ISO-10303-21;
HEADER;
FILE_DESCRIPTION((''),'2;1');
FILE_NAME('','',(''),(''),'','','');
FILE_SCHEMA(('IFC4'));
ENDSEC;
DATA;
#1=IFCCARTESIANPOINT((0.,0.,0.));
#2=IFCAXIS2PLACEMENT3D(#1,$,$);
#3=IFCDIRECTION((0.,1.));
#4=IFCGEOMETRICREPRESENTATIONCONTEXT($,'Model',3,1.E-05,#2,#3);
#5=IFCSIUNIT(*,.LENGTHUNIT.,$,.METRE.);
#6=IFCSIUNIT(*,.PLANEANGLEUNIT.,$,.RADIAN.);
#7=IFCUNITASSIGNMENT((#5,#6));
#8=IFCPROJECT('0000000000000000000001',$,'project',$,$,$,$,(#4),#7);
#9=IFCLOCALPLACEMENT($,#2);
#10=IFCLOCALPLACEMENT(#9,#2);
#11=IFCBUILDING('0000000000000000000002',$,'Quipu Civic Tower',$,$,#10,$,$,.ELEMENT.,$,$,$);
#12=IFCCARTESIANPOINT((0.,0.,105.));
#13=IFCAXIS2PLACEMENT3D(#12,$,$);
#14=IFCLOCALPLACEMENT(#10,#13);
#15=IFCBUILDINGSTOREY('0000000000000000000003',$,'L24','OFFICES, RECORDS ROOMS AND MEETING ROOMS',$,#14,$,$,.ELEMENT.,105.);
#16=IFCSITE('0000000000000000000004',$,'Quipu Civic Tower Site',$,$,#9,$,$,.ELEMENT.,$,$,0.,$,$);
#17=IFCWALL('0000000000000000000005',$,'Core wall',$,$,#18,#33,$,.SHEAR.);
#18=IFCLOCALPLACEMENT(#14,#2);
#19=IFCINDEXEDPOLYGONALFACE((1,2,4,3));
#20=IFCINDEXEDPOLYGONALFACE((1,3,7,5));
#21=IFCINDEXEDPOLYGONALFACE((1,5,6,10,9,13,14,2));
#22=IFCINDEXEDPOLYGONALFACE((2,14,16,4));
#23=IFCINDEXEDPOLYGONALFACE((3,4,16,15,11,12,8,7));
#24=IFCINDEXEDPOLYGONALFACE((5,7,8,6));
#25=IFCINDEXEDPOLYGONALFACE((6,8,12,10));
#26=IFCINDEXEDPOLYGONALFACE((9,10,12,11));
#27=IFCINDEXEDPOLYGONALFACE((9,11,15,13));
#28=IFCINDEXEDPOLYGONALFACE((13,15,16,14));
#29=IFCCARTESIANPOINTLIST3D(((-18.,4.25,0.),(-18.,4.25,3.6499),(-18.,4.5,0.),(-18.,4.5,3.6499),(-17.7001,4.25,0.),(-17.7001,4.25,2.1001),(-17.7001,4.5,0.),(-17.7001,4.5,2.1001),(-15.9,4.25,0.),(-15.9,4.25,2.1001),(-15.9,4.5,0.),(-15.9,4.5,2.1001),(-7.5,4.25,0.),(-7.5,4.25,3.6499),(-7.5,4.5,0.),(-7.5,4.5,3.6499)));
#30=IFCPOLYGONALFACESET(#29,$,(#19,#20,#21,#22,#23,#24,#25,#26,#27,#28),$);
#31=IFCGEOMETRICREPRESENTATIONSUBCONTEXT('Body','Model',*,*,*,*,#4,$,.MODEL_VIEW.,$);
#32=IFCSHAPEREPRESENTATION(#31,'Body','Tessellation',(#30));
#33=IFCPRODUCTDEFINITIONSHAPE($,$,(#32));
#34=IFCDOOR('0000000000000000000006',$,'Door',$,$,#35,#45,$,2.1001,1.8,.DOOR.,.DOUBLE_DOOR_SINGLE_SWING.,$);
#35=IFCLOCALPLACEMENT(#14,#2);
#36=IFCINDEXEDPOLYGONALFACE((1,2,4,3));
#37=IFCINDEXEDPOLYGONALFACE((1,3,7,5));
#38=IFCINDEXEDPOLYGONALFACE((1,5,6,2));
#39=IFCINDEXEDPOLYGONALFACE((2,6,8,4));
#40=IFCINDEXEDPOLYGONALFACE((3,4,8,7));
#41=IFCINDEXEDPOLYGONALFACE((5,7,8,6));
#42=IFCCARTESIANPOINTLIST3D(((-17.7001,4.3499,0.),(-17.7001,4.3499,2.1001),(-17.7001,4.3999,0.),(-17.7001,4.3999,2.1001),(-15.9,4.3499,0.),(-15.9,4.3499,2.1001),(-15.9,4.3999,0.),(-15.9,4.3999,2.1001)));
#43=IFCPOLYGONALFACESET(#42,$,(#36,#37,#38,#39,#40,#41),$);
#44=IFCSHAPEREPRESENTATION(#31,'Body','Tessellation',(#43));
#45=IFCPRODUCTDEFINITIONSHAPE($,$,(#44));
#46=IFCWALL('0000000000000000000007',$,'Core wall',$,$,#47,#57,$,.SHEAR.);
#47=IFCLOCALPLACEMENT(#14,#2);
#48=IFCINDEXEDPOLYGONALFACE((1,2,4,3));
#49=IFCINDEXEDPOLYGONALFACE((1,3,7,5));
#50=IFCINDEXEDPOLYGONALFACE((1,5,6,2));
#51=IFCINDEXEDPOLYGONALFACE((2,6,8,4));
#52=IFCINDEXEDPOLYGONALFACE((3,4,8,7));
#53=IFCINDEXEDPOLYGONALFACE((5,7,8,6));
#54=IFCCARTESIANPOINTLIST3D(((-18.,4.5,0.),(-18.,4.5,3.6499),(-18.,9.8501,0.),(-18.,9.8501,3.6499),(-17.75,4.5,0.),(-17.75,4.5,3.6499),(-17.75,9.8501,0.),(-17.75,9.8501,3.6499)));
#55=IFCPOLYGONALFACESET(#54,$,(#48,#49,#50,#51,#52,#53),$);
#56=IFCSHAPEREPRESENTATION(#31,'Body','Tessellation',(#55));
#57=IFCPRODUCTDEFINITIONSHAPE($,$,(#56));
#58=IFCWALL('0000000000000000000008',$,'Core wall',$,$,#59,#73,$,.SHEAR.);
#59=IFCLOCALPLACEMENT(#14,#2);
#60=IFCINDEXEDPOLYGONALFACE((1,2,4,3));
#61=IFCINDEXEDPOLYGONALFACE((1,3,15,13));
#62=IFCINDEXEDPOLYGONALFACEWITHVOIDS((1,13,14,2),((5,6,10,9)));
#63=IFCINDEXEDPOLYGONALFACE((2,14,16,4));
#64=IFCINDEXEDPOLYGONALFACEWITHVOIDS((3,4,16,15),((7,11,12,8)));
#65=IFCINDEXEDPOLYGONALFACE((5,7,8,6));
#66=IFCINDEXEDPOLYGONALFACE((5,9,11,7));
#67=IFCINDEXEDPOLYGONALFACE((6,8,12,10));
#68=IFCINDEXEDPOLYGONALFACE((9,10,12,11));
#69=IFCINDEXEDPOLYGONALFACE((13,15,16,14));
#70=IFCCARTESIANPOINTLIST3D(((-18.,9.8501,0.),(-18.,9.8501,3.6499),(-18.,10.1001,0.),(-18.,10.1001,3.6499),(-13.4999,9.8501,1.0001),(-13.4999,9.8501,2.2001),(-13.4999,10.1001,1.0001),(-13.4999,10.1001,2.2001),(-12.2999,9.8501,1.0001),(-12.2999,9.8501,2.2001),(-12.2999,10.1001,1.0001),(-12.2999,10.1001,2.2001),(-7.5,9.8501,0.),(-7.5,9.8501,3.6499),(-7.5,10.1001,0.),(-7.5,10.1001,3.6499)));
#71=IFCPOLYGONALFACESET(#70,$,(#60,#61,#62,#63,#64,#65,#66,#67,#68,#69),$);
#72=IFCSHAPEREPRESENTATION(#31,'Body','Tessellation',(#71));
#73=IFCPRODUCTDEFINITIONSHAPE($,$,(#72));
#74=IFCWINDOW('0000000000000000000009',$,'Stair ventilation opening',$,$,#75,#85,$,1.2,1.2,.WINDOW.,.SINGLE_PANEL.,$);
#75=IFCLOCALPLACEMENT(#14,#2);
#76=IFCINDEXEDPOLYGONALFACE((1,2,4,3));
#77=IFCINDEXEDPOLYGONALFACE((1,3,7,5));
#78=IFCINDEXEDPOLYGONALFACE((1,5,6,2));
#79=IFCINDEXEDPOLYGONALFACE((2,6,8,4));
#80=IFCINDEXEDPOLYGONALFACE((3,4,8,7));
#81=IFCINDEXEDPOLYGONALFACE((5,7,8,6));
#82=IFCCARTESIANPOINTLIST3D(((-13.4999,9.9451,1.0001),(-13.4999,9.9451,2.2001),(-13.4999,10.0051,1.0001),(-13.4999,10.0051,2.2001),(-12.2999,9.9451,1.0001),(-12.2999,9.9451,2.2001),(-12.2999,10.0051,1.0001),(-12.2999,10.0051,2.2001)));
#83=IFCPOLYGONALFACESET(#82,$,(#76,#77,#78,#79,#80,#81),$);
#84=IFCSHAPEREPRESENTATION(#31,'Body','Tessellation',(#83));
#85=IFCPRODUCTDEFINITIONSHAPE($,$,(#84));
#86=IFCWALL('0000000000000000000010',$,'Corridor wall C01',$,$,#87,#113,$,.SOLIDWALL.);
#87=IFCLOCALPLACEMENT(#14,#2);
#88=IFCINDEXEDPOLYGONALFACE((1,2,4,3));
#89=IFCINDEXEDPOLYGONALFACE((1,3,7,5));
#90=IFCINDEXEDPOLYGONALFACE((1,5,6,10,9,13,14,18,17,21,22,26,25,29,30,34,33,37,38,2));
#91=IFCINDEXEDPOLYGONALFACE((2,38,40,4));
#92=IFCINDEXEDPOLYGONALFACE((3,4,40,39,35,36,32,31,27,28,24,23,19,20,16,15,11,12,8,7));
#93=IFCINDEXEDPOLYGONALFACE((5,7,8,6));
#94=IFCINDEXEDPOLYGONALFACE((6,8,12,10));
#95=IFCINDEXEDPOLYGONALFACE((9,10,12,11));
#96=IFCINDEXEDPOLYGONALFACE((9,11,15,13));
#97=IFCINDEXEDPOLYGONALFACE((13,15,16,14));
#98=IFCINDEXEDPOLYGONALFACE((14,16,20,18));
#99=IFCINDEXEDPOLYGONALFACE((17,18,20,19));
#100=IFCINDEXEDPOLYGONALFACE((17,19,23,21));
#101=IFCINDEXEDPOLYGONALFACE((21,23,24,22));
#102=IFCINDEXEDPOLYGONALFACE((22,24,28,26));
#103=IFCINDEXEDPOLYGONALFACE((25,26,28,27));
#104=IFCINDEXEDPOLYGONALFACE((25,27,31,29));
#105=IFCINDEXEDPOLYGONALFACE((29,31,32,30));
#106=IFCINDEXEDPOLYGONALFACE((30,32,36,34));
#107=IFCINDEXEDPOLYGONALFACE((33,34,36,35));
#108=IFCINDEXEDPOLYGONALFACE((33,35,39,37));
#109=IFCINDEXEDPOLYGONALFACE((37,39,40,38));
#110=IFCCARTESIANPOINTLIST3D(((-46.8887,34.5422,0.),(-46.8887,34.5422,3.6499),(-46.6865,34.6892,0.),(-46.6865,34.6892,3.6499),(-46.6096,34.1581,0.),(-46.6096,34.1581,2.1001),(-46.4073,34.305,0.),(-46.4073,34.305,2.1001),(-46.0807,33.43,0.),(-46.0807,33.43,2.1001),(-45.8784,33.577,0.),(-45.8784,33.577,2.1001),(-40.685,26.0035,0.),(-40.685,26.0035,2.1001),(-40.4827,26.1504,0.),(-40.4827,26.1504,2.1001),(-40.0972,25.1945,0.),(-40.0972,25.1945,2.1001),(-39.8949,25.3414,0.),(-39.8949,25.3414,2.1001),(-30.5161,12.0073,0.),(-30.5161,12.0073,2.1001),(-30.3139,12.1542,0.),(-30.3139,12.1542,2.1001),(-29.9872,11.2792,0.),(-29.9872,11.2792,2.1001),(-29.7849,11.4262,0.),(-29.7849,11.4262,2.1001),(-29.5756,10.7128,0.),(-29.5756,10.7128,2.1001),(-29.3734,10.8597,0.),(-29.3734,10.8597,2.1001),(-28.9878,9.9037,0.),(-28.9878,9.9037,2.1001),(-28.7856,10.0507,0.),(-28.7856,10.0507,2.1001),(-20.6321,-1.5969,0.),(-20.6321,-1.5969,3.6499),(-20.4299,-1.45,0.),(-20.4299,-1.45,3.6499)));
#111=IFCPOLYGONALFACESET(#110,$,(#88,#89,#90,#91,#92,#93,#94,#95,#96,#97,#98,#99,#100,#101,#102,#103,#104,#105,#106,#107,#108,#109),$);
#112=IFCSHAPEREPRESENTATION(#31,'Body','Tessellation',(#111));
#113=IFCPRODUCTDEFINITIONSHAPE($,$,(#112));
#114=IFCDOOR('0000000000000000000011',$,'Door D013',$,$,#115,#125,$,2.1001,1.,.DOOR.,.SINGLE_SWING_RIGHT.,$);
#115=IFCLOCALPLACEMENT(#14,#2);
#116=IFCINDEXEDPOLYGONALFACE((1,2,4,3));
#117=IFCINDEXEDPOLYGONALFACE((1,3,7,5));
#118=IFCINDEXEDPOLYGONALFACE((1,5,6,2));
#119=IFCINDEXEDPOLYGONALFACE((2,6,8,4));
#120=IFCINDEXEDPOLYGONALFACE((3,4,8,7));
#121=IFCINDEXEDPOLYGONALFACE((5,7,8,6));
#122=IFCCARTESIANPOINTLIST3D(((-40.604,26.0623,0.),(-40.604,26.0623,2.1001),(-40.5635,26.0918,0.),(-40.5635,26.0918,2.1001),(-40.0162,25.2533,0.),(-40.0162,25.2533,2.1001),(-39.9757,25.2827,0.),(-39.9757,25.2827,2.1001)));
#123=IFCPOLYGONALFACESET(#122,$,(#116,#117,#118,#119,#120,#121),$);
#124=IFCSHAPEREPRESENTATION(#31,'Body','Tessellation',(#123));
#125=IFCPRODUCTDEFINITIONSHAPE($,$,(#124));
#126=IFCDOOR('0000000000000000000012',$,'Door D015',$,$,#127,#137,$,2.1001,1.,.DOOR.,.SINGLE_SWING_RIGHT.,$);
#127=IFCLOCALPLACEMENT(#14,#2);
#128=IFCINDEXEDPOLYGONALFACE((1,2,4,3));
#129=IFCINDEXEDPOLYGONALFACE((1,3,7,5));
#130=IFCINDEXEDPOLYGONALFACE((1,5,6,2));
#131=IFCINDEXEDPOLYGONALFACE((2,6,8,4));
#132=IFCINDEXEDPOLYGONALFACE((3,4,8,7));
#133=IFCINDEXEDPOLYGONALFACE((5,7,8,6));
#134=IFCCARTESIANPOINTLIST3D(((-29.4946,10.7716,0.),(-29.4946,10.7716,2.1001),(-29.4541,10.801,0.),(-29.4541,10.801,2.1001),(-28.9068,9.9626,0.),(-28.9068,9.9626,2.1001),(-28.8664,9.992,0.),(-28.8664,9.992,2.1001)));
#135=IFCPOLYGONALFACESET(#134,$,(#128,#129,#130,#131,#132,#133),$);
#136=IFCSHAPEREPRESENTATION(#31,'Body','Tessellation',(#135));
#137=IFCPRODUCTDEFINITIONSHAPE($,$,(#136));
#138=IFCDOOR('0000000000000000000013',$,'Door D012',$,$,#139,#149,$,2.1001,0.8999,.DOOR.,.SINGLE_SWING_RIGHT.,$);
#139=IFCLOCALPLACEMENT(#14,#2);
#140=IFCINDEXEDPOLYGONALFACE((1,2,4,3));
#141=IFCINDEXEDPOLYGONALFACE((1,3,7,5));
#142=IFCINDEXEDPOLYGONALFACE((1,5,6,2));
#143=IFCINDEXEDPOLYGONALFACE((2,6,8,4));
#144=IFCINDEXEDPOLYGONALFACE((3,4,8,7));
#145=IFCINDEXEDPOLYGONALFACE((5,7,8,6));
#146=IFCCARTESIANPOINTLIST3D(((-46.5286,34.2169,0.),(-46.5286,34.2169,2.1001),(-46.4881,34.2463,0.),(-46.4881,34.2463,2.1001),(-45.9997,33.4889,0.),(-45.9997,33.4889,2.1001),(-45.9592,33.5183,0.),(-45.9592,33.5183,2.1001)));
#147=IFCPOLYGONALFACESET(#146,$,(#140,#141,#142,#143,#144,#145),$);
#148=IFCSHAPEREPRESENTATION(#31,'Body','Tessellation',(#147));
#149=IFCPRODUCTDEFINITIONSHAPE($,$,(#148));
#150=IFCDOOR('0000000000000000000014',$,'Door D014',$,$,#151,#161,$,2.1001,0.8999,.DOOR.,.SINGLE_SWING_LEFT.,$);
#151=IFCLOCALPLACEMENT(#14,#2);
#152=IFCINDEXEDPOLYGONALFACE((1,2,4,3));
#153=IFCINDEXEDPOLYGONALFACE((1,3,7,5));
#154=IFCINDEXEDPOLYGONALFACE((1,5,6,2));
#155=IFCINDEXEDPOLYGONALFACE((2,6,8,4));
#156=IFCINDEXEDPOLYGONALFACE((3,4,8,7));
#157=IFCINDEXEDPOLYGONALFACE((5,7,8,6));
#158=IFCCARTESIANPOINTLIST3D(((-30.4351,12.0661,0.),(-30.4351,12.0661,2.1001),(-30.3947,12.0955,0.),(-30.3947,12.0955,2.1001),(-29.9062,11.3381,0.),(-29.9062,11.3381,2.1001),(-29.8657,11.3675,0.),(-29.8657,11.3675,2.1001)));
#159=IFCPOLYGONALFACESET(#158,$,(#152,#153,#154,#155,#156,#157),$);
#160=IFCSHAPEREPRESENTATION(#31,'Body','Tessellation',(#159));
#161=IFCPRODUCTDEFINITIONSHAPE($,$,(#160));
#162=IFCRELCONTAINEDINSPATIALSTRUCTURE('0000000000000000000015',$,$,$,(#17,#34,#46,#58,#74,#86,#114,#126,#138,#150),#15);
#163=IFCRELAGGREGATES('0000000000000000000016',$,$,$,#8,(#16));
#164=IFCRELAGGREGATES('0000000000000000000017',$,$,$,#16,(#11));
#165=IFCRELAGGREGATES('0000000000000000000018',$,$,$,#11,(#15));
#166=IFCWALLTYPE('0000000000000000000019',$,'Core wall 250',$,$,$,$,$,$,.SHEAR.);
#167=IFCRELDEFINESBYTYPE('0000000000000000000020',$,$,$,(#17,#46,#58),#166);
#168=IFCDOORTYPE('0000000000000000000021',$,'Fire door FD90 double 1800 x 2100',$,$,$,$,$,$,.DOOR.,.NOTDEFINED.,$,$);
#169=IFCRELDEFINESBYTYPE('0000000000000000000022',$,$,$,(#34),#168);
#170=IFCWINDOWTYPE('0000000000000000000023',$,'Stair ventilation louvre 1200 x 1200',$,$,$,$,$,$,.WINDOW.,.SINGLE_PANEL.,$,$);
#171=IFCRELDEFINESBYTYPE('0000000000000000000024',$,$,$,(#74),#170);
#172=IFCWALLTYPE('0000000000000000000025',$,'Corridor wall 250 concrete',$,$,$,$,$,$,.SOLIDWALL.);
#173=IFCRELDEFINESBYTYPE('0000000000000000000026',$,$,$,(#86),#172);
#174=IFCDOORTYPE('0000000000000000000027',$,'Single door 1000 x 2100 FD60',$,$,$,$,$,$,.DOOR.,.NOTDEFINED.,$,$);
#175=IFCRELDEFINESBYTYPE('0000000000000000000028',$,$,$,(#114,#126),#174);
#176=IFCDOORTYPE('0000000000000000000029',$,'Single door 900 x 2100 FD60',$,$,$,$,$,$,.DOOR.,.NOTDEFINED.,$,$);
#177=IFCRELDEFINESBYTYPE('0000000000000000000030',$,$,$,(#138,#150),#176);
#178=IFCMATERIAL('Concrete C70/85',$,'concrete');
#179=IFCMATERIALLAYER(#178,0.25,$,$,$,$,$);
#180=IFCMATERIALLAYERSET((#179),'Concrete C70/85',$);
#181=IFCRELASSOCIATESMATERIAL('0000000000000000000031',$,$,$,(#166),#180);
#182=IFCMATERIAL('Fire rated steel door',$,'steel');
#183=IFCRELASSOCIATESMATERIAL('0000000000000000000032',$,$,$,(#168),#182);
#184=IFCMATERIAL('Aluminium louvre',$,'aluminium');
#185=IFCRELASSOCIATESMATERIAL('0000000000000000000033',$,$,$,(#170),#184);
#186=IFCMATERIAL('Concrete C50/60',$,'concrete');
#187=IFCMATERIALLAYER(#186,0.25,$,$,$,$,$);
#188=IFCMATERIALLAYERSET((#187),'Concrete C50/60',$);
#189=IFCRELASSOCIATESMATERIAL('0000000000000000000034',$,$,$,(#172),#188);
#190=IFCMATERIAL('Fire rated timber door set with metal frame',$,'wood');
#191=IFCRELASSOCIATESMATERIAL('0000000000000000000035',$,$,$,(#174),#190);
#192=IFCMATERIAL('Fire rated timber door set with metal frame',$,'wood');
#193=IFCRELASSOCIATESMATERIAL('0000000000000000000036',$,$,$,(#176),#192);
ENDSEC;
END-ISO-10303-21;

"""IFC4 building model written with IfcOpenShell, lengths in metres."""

from ifc_helpers import new_model, si_unit, direction, frame, frame_2d, origin, place, context, subcontext, project, spatial, rectangle, extrude, material, layer, layer_set, type_object, element, fill, save


model = new_model("IFC4")

# Units and contexts
model_context = context("Model", 3, precision=1e-05, world=origin(), true_north=direction((0.0, 1.0)))
body_context = subcontext(model_context, "Body", "Model", "MODEL_VIEW")
ifc_project = project(units=[si_unit("LENGTHUNIT", "METRE"), si_unit("PLANEANGLEUNIT", "RADIAN")], contexts=[model_context])

# Site, building, storey
site_placement = place(None, origin())
site = spatial("IfcSite", under=ifc_project, at=site_placement, Name="Quipu Civic Tower Site", CompositionType="ELEMENT", RefElevation=0.0)
building_placement = place(site_placement, origin())
building = spatial("IfcBuilding", under=site, at=building_placement, Name="Quipu Civic Tower", CompositionType="ELEMENT")
storey_placement = place(building_placement, frame((0.0, 0.0, 105.0)))
storey = spatial("IfcBuildingStorey", under=building, at=storey_placement, Name="L24", Description="OFFICES, RECORDS ROOMS AND MEETING ROOMS", CompositionType="ELEMENT", Elevation=105.0)

# Shared definitions
ifc_material_1 = material(Name="Concrete C70/85", Category="concrete")
ifc_layer_1 = layer(ifc_material_1, 0.25)
ifc_layer_set_1 = layer_set([ifc_layer_1], Name="Concrete C70/85")
wall_type_1 = type_object("IfcWallType", Name="Core wall 250", PredefinedType="SHEAR", material=ifc_layer_set_1)

# Shared definitions
ifc_material_2 = material(Name="Fire rated steel door", Category="steel")
door_type_1 = type_object("IfcDoorType", Name="Fire door FD90 double 1800 x 2100", OperationType="NOTDEFINED", PredefinedType="DOOR", material=ifc_material_2)

# Wall, opening, door
wall_1_placement = place(storey_placement, frame((-18.0, 4.375, 0.0), z_axis=(0.0, 0.0, 1.0), x_axis=(1.0, 0.0, 0.0)))
wall_1 = element("IfcWall", 1, at=wall_1_placement, inside=storey, type_object=wall_type_1, Name="Core wall", PredefinedType="SHEAR", context=body_context, shape_type="SweptSolid", body=[
    extrude(rectangle(XDim=10.5, YDim=0.25, at=frame_2d((5.25, 0.0))), origin(), (0.0, 0.0, 1.0), 3.6499),
])
opening_1_placement = place(wall_1_placement, frame((0.3, 0.0, 0.0)))
opening_1 = element("IfcOpeningElement", 2, at=opening_1_placement, cuts=wall_1, PredefinedType="OPENING", context=body_context, shape_type="SweptSolid", body=[
    extrude(rectangle(XDim=1.8, YDim=2.1001, at=frame_2d((0.8999, 1.05))), frame((0.0, 0.135, 0.0), z_axis=(0.0, -1.0, 0.0), x_axis=(1.0, 0.0, 0.0)), (0.0, 0.0, 1.0), 0.27),
])
door_1_placement = place(opening_1_placement, origin())
door_1 = element("IfcDoor", 3, at=door_1_placement, inside=storey, type_object=door_type_1, Name="Door", OperationType="DOUBLE_DOOR_SINGLE_SWING", OverallHeight=2.1001, OverallWidth=1.8, PredefinedType="DOOR", context=body_context, shape_type="SweptSolid", body=[
    extrude(rectangle(XDim=1.8, YDim=2.1001, at=frame_2d((0.8999, 1.05))), frame((0.0, 0.0249, 0.0), z_axis=(0.0, -1.0, 0.0), x_axis=(1.0, 0.0, 0.0)), (0.0, 0.0, 1.0), 0.05),
])
fill(opening_1, door_1)

# Wall
wall_2_placement = place(storey_placement, frame((-17.875, 4.5, 0.0), z_axis=(0.0, 0.0, 1.0), x_axis=(0.0, 1.0, 0.0)))
element("IfcWall", 4, at=wall_2_placement, inside=storey, type_object=wall_type_1, Name="Core wall", PredefinedType="SHEAR", context=body_context, shape_type="SweptSolid", body=[
    extrude(rectangle(XDim=5.3501, YDim=0.25, at=frame_2d((2.675, 0.0))), origin(), (0.0, 0.0, 1.0), 3.6499),
])

# Wall, opening, window
wall_3_placement = place(storey_placement, frame((-18.0, 9.9751, 0.0), z_axis=(0.0, 0.0, 1.0), x_axis=(1.0, 0.0, 0.0)))
wall_3 = element("IfcWall", 5, at=wall_3_placement, inside=storey, type_object=wall_type_1, Name="Core wall", PredefinedType="SHEAR", context=body_context, shape_type="SweptSolid", body=[
    extrude(rectangle(XDim=10.5, YDim=0.25, at=frame_2d((5.25, 0.0))), origin(), (0.0, 0.0, 1.0), 3.6499),
])
opening_2_placement = place(wall_3_placement, frame((4.5, 0.0, 1.0)))
opening_2 = element("IfcOpeningElement", 6, at=opening_2_placement, cuts=wall_3, PredefinedType="OPENING", context=body_context, shape_type="SweptSolid", body=[
    extrude(rectangle(XDim=1.2, YDim=1.2, at=frame_2d((0.6001, 0.6001))), frame((0.0, 0.135, 0.0), z_axis=(0.0, -1.0, 0.0), x_axis=(1.0, 0.0, 0.0)), (0.0, 0.0, 1.0), 0.27),
])
ifc_material_3 = material(Name="Aluminium louvre", Category="aluminium")
window_type = type_object("IfcWindowType", Name="Stair ventilation louvre 1200 x 1200", PartitioningType="SINGLE_PANEL", PredefinedType="WINDOW", material=ifc_material_3)
window_placement = place(opening_2_placement, origin())
window = element("IfcWindow", 7, at=window_placement, inside=storey, type_object=window_type, Name="Stair ventilation opening", OverallHeight=1.2, OverallWidth=1.2, PartitioningType="SINGLE_PANEL", PredefinedType="WINDOW", context=body_context, shape_type="SweptSolid", body=[
    extrude(rectangle(XDim=1.2, YDim=1.2, at=frame_2d((0.6001, 0.6001))), frame((0.0, 0.03, 0.0), z_axis=(0.0, -1.0, 0.0), x_axis=(1.0, 0.0, 0.0)), (0.0, 0.0, 1.0), 0.0601),
])
fill(opening_2, window)

# Wall, openings, doors
ifc_material_4 = material(Name="Concrete C50/60", Category="concrete")
ifc_layer_2 = layer(ifc_material_4, 0.25)
ifc_layer_set_2 = layer_set([ifc_layer_2], Name="Concrete C50/60")
wall_type_2 = type_object("IfcWallType", Name="Corridor wall 250 concrete", PredefinedType="SOLIDWALL", material=ifc_layer_set_2)
wall_4_placement = place(storey_placement, frame((-20.531, -1.5234, 0.0), z_axis=(0.0, 0.0, 1.0), x_axis=(-0.587785, 0.809017, 0.0)))
wall_4 = element("IfcWall", 8, at=wall_4_placement, inside=storey, type_object=wall_type_2, Name="Corridor wall C01", PredefinedType="SOLIDWALL", context=body_context, shape_type="SweptSolid", body=[
    extrude(rectangle(XDim=44.6704, YDim=0.25, at=frame_2d((22.3352, 0.0))), origin(), (0.0, 0.0, 1.0), 3.6499),
])
opening_3_placement = place(wall_4_placement, frame((43.2957, 0.0, 0.0)))
opening_3 = element("IfcOpeningElement", 9, at=opening_3_placement, cuts=wall_4, PredefinedType="OPENING", context=body_context, shape_type="SweptSolid", body=[
    extrude(rectangle(XDim=0.8999, YDim=2.1001, at=frame_2d((0.45, 1.05))), frame((0.0, 0.135, 0.0), z_axis=(0.0, -1.0, 0.0), x_axis=(1.0, 0.0, 0.0)), (0.0, 0.0, 1.0), 0.27),
])
opening_4_placement = place(wall_4_placement, frame((15.9158, 0.0, 0.0)))
opening_4 = element("IfcOpeningElement", 10, at=opening_4_placement, cuts=wall_4, PredefinedType="OPENING", context=body_context, shape_type="SweptSolid", body=[
    extrude(rectangle(XDim=0.8999, YDim=2.1001, at=frame_2d((0.45, 1.05))), frame((0.0, 0.135, 0.0), z_axis=(0.0, -1.0, 0.0), x_axis=(1.0, 0.0, 0.0)), (0.0, 0.0, 1.0), 0.27),
])
opening_5_placement = place(wall_4_placement, frame((33.116, 0.0, 0.0)))
opening_5 = element("IfcOpeningElement", 11, at=opening_5_placement, cuts=wall_4, PredefinedType="OPENING", context=body_context, shape_type="SweptSolid", body=[
    extrude(rectangle(XDim=1.0, YDim=2.1001, at=frame_2d((0.5, 1.05))), frame((0.0, 0.135, 0.0), z_axis=(0.0, -1.0, 0.0), x_axis=(1.0, 0.0, 0.0)), (0.0, 0.0, 1.0), 0.27),
])
opening_6_placement = place(wall_4_placement, frame((14.2156, 0.0, 0.0)))
opening_6 = element("IfcOpeningElement", 12, at=opening_6_placement, cuts=wall_4, PredefinedType="OPENING", context=body_context, shape_type="SweptSolid", body=[
    extrude(rectangle(XDim=1.0, YDim=2.1001, at=frame_2d((0.5, 1.05))), frame((0.0, 0.135, 0.0), z_axis=(0.0, -1.0, 0.0), x_axis=(1.0, 0.0, 0.0)), (0.0, 0.0, 1.0), 0.27),
])
ifc_material_5 = material(Name="Fire rated timber door set with metal frame", Category="wood")
door_type_2 = type_object("IfcDoorType", Name="Single door 1000 x 2100 FD60", OperationType="NOTDEFINED", PredefinedType="DOOR", material=ifc_material_5)
door_2_placement = place(opening_5_placement, origin())
door_2 = element("IfcDoor", 13, at=door_2_placement, inside=storey, type_object=door_type_2, Name="Door D013", OperationType="SINGLE_SWING_RIGHT", OverallHeight=2.1001, OverallWidth=1.0, PredefinedType="DOOR", context=body_context, shape_type="SweptSolid", body=[
    extrude(rectangle(XDim=1.0, YDim=2.1001, at=frame_2d((0.5, 1.05))), frame((0.0, 0.0249, 0.0), z_axis=(0.0, -1.0, 0.0), x_axis=(1.0, 0.0, 0.0)), (0.0, 0.0, 1.0), 0.05),
])
fill(opening_5, door_2)
door_3_placement = place(opening_6_placement, origin())
door_3 = element("IfcDoor", 14, at=door_3_placement, inside=storey, type_object=door_type_2, Name="Door D015", OperationType="SINGLE_SWING_RIGHT", OverallHeight=2.1001, OverallWidth=1.0, PredefinedType="DOOR", context=body_context, shape_type="SweptSolid", body=[
    extrude(rectangle(XDim=1.0, YDim=2.1001, at=frame_2d((0.5, 1.05))), frame((0.0, 0.0249, 0.0), z_axis=(0.0, -1.0, 0.0), x_axis=(1.0, 0.0, 0.0)), (0.0, 0.0, 1.0), 0.05),
])
fill(opening_6, door_3)
ifc_material_6 = material(Name="Fire rated timber door set with metal frame", Category="wood")
door_type_3 = type_object("IfcDoorType", Name="Single door 900 x 2100 FD60", OperationType="NOTDEFINED", PredefinedType="DOOR", material=ifc_material_6)
door_4_placement = place(opening_3_placement, origin())
door_4 = element("IfcDoor", 15, at=door_4_placement, inside=storey, type_object=door_type_3, Name="Door D012", OperationType="SINGLE_SWING_RIGHT", OverallHeight=2.1001, OverallWidth=0.8999, PredefinedType="DOOR", context=body_context, shape_type="SweptSolid", body=[
    extrude(rectangle(XDim=0.8999, YDim=2.1001, at=frame_2d((0.45, 1.05))), frame((0.0, 0.0249, 0.0), z_axis=(0.0, -1.0, 0.0), x_axis=(1.0, 0.0, 0.0)), (0.0, 0.0, 1.0), 0.05),
])
fill(opening_3, door_4)
door_5_placement = place(opening_4_placement, origin())
door_5 = element("IfcDoor", 16, at=door_5_placement, inside=storey, type_object=door_type_3, Name="Door D014", OperationType="SINGLE_SWING_LEFT", OverallHeight=2.1001, OverallWidth=0.8999, PredefinedType="DOOR", context=body_context, shape_type="SweptSolid", body=[
    extrude(rectangle(XDim=0.8999, YDim=2.1001, at=frame_2d((0.45, 1.05))), frame((0.0, 0.0249, 0.0), z_axis=(0.0, -1.0, 0.0), x_axis=(1.0, 0.0, 0.0)), (0.0, 0.0, 1.0), 0.05),
])
fill(opening_4, door_5)

save(model, "model.ifc")
